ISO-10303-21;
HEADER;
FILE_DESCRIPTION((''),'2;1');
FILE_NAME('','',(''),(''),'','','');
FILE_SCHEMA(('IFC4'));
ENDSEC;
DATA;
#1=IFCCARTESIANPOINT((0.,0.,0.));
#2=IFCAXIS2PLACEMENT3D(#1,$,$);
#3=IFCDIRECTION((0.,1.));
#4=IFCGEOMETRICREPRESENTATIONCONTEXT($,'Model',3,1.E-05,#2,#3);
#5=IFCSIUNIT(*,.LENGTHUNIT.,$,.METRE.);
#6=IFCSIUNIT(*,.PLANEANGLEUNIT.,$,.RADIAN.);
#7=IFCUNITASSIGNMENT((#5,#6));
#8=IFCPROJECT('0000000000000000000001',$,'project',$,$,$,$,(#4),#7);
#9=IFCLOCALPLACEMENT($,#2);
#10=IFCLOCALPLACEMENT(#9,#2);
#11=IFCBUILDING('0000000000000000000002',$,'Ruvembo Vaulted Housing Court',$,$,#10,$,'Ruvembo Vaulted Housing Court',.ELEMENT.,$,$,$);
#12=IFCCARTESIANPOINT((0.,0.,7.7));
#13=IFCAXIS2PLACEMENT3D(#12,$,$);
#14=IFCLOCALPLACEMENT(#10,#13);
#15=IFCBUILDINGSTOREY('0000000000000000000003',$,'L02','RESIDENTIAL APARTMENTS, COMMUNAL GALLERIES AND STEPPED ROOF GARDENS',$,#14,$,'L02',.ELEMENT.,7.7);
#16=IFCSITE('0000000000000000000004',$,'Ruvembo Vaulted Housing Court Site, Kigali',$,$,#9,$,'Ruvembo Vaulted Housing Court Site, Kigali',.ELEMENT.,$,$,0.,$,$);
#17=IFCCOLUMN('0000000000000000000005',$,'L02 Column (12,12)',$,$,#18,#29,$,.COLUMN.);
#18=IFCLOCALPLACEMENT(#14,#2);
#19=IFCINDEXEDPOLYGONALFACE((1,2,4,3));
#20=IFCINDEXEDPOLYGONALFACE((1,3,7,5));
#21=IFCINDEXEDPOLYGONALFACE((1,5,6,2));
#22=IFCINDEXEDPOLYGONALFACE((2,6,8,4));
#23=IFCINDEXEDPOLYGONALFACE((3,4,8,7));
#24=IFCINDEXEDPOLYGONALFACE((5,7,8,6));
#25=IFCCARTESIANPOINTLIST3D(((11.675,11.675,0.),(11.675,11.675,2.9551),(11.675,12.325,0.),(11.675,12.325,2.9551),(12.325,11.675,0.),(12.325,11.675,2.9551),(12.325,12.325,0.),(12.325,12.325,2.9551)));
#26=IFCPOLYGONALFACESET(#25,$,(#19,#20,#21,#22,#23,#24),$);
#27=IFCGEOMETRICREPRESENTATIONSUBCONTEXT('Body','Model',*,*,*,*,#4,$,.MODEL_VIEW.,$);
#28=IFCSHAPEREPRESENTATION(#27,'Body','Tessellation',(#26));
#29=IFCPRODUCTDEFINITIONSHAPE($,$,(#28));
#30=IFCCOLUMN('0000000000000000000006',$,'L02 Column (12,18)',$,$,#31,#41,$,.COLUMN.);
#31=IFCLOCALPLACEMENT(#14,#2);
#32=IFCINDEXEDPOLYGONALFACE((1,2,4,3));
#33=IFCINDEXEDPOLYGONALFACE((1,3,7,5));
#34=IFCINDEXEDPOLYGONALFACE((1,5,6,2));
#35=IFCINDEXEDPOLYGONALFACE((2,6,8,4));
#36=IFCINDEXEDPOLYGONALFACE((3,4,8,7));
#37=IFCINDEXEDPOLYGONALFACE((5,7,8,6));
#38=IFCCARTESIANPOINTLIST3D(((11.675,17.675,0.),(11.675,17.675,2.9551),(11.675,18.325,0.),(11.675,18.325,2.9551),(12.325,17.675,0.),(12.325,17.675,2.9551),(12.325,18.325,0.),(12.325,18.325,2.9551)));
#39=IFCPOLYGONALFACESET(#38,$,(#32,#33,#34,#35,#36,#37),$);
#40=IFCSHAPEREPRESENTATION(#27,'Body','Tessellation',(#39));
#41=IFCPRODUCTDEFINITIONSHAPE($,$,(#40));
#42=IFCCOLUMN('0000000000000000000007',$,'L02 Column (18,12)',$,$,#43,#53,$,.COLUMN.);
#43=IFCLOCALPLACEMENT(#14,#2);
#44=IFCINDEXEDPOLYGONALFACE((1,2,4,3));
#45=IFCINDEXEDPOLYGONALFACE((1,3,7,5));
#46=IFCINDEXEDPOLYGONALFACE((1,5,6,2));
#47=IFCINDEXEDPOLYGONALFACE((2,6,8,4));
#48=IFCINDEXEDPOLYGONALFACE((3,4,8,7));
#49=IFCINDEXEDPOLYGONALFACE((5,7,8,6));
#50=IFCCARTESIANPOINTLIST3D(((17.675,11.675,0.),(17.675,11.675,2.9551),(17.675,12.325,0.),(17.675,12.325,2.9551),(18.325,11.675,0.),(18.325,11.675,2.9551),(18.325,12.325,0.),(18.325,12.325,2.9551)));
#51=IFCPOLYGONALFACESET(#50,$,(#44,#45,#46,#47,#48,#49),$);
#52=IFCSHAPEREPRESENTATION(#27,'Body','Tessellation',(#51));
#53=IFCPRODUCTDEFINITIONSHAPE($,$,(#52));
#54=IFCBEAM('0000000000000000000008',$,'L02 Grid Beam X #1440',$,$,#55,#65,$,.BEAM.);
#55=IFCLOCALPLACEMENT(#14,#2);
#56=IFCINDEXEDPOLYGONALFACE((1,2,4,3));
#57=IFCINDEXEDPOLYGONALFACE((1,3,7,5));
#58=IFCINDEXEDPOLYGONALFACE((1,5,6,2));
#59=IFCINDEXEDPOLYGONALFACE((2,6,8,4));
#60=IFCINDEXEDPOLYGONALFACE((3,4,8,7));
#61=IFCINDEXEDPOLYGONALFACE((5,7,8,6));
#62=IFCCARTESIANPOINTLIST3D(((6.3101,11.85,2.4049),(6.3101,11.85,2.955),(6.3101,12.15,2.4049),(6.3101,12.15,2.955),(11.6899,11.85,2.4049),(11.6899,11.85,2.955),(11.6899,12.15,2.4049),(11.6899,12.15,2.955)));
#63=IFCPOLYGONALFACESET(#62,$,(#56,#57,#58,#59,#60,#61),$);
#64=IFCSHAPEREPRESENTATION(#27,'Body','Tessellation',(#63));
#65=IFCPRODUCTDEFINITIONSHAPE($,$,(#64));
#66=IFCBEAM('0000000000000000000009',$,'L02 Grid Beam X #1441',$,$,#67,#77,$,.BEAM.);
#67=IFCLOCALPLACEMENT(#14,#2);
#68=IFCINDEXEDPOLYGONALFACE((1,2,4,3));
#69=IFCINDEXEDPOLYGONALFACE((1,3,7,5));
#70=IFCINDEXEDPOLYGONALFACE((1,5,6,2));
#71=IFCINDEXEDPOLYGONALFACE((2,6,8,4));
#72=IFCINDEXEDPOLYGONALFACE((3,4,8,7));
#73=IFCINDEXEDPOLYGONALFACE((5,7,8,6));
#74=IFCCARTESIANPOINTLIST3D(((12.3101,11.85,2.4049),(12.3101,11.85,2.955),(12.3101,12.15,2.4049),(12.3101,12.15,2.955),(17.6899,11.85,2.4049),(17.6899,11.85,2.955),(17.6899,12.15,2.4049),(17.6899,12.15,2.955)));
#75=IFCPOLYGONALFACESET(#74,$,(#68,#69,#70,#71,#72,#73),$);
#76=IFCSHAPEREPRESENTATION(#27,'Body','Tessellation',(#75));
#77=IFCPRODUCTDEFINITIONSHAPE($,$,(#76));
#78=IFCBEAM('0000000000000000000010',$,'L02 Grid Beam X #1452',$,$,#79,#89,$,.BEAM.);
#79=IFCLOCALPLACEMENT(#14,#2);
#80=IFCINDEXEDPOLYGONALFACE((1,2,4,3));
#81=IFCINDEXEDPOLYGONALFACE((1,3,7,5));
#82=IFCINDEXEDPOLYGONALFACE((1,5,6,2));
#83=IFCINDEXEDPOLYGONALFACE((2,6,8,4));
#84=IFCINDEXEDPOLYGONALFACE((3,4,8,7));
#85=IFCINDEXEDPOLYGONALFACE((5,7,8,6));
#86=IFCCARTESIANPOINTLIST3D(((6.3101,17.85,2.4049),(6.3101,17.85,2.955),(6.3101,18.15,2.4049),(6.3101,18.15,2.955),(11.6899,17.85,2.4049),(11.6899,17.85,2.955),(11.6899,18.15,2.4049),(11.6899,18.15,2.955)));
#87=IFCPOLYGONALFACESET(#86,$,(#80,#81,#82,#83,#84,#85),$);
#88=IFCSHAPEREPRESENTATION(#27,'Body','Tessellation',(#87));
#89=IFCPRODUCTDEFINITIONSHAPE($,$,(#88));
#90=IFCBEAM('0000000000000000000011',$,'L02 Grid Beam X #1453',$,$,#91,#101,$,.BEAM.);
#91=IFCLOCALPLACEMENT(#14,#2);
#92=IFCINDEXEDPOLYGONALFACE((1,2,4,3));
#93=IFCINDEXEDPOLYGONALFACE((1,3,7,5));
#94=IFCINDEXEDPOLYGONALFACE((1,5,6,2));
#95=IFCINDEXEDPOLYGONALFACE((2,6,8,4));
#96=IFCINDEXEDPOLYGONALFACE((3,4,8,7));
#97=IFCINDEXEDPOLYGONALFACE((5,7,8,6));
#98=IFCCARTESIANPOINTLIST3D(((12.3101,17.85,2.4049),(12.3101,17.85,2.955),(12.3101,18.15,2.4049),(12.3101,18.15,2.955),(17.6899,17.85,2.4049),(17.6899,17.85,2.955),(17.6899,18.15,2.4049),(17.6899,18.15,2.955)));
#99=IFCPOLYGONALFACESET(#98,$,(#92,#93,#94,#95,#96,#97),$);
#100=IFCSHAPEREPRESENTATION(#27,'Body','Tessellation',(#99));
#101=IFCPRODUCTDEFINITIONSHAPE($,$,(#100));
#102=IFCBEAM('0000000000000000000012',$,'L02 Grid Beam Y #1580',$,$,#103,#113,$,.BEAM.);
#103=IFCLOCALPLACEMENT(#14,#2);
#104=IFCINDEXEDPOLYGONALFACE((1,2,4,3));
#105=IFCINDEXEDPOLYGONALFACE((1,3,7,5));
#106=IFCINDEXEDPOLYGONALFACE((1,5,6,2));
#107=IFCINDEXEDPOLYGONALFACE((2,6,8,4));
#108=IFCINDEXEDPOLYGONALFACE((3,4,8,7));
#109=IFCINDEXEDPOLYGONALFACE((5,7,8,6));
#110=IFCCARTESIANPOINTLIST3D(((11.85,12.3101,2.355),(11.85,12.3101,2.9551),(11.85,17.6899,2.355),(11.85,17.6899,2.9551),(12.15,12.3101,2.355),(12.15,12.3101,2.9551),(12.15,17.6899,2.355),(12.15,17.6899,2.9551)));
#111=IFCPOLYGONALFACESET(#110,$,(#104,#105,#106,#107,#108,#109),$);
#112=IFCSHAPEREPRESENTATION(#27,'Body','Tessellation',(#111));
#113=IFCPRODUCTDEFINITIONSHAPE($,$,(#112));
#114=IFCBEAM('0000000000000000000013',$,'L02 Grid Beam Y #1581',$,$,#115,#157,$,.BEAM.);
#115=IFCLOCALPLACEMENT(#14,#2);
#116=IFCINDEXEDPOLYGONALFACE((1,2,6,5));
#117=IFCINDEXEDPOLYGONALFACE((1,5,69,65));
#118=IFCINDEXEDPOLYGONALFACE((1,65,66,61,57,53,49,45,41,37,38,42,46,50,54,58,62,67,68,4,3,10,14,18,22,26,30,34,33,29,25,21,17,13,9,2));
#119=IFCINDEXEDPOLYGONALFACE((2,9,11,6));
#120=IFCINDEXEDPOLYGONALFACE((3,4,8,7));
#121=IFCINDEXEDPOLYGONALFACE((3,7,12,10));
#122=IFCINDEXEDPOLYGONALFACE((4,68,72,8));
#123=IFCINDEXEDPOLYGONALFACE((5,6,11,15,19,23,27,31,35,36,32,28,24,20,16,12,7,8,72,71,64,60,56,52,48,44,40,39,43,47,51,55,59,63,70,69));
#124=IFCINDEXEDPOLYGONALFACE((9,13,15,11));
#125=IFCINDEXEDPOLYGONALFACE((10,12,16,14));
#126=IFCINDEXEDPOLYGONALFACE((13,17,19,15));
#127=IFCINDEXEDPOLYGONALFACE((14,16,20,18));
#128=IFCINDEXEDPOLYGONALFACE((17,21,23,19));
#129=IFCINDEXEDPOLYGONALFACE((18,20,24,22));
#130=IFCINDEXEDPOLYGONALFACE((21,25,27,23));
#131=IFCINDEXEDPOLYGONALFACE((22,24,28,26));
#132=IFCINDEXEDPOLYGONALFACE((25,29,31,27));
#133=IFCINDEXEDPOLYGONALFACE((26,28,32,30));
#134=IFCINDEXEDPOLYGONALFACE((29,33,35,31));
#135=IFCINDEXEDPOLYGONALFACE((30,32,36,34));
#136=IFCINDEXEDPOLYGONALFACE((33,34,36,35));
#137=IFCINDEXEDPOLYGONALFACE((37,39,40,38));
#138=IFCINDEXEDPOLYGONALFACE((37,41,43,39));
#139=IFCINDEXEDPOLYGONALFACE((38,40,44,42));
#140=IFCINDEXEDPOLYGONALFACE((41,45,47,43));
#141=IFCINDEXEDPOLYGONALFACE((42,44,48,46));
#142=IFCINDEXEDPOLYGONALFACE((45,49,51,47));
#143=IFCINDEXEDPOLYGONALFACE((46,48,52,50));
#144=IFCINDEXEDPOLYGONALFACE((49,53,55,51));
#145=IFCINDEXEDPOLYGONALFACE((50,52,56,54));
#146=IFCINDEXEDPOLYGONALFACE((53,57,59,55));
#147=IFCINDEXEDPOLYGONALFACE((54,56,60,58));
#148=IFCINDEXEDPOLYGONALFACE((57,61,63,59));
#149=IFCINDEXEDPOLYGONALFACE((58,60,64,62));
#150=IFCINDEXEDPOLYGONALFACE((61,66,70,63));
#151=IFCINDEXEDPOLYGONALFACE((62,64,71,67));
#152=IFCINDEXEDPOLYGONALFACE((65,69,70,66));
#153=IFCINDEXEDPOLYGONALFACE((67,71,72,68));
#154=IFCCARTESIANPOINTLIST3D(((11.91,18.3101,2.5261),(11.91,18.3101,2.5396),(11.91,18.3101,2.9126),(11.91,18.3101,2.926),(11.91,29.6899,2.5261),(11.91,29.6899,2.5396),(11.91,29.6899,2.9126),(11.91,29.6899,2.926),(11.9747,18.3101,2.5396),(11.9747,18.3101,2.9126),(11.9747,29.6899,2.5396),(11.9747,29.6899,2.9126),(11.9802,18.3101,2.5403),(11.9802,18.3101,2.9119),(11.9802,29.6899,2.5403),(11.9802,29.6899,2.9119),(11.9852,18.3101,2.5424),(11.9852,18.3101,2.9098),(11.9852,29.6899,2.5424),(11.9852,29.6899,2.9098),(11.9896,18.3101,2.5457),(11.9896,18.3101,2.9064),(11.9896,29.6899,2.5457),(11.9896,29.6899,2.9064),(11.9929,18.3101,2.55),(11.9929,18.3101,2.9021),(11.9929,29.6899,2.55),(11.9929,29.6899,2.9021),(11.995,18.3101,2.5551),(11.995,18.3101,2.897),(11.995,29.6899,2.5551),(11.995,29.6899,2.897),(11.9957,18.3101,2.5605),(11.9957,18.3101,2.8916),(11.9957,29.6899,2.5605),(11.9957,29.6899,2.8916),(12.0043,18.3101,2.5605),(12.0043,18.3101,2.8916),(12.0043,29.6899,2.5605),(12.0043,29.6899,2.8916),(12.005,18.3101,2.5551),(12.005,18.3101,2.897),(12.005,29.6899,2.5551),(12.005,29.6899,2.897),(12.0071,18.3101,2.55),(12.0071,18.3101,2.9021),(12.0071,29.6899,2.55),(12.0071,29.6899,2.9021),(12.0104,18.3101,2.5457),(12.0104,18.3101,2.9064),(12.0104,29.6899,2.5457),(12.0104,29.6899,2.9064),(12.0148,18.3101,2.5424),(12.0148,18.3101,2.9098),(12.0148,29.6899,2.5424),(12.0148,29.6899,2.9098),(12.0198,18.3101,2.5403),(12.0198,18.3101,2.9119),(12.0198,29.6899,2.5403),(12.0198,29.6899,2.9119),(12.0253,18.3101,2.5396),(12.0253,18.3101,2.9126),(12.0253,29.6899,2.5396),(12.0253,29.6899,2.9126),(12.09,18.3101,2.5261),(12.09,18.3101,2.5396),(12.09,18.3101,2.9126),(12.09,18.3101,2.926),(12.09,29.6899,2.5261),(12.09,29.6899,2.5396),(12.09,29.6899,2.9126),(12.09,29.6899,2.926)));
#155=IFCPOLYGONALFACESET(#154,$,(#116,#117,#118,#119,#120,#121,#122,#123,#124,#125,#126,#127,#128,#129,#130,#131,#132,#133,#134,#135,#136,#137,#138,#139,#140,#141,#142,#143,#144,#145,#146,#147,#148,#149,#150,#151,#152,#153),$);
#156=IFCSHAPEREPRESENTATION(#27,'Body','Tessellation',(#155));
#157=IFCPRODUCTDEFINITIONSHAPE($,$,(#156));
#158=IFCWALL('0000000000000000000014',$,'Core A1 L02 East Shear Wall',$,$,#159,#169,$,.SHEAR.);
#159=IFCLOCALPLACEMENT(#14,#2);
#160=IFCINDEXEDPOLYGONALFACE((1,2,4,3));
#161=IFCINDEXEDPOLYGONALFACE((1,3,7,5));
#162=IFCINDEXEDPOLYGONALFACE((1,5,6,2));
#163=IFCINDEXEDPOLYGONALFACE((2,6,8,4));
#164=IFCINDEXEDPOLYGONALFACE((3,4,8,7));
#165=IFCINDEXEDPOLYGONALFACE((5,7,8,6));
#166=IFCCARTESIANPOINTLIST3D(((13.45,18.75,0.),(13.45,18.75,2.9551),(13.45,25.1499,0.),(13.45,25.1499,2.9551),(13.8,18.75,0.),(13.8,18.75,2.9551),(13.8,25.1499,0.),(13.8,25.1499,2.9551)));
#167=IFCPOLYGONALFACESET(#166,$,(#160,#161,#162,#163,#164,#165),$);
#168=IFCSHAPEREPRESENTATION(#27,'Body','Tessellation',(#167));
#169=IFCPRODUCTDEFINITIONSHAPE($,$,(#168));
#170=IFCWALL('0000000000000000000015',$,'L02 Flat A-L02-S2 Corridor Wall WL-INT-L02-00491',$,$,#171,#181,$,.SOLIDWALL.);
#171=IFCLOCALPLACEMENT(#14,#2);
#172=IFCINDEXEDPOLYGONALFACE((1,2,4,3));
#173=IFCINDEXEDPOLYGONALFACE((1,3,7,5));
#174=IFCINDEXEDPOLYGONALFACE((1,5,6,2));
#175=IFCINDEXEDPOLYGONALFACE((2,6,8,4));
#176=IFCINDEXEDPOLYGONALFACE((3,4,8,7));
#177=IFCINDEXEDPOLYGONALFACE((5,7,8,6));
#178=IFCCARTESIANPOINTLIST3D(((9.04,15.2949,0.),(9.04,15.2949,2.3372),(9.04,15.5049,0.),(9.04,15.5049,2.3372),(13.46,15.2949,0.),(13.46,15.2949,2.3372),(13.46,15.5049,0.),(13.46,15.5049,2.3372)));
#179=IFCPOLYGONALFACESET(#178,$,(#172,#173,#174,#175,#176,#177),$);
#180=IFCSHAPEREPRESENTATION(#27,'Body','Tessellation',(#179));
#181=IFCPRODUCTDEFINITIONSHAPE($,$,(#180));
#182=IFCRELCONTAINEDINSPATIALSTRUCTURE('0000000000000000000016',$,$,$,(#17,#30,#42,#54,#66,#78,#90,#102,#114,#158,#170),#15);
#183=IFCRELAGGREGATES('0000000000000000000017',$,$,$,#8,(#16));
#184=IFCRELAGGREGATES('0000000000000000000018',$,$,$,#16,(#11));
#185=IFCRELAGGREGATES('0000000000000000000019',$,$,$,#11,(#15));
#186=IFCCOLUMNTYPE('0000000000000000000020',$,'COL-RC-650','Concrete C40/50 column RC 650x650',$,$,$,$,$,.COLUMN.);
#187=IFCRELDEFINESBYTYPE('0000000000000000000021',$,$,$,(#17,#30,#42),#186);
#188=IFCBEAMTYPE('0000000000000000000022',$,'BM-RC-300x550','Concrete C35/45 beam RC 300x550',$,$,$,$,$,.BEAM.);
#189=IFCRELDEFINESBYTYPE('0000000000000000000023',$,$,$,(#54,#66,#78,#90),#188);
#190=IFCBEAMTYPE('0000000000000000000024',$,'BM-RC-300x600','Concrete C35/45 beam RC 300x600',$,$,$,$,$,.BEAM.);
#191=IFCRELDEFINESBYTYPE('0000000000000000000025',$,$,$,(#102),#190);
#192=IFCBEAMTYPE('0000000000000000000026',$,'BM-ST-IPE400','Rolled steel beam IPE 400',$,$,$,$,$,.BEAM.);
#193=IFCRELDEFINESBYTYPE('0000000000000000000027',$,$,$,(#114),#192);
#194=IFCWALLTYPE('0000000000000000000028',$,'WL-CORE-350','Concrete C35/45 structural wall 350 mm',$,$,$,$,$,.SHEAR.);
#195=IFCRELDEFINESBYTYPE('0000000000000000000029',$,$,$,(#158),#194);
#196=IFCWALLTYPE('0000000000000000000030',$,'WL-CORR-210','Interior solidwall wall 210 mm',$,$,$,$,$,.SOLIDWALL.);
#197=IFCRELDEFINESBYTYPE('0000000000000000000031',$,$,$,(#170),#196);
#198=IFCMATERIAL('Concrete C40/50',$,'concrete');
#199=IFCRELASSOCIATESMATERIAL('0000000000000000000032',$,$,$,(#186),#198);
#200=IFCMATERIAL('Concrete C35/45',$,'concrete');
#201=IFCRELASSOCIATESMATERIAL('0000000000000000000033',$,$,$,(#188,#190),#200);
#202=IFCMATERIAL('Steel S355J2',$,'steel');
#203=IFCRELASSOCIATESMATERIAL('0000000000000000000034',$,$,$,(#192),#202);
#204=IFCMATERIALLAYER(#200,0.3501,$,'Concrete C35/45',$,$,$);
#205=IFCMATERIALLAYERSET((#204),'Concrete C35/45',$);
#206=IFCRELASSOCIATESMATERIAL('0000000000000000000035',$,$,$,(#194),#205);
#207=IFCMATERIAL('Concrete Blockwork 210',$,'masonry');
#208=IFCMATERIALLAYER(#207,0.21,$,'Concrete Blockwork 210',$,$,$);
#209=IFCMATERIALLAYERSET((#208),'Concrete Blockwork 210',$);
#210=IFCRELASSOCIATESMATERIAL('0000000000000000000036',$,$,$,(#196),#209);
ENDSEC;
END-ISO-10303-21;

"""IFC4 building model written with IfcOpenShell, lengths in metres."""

from ifc_helpers import new_model, si_unit, direction, frame, frame_2d, origin, origin_2d, place, context, subcontext, project, spatial, rectangle, i_section, extrude, material, layer, layer_set, material_profile, profile_set, type_object, element, save


model = new_model("IFC4")

# Units and contexts
model_context = context("Model", 3, precision=1e-05, world=origin(), true_north=direction((0.0, 1.0)))
body_context = subcontext(model_context, "Body", "Model", "MODEL_VIEW")
ifc_project = project(units=[si_unit("LENGTHUNIT", "METRE"), si_unit("PLANEANGLEUNIT", "RADIAN")], contexts=[model_context])

# Site, building, storey
site_placement = place(None, origin())
site = spatial("IfcSite", under=ifc_project, at=site_placement, Name="Ruvembo Vaulted Housing Court Site, Kigali", LongName="Ruvembo Vaulted Housing Court Site, Kigali", CompositionType="ELEMENT", RefElevation=0.0)
building_placement = place(site_placement, origin())
building = spatial("IfcBuilding", under=site, at=building_placement, Name="Ruvembo Vaulted Housing Court", LongName="Ruvembo Vaulted Housing Court", CompositionType="ELEMENT")
storey_placement = place(building_placement, frame((0.0, 0.0, 7.7)))
storey = spatial("IfcBuildingStorey", under=building, at=storey_placement, Name="L02", Description="RESIDENTIAL APARTMENTS, COMMUNAL GALLERIES AND STEPPED ROOF GARDENS", LongName="L02", CompositionType="ELEMENT", Elevation=7.7)

# Columns
ifc_material_1 = material(Name="Concrete C40/50", Category="concrete")
ifc_material_profile_1 = material_profile(ifc_material_1, rectangle(XDim=0.6499, YDim=0.6499, at=origin_2d()), Name="RC 650x650")
ifc_profile_set_1 = profile_set([ifc_material_profile_1], Name="Concrete C40/50")
column_type = type_object("IfcColumnType", Name="COL-RC-650", Description="Concrete C40/50 column RC 650x650", PredefinedType="COLUMN", material=ifc_profile_set_1)
for number, where, z_axis, x_axis, name in (
    (1, (12.0, 12.0, 0.0), (0.0, 0.0, 1.0), (1.0, 0.0, 0.0), "L02 Column (12,12)"),
    (2, (12.0, 18.0, 0.0), (0.0, 0.0, 1.0), (1.0, 0.0, 0.0), "L02 Column (12,18)"),
    (3, (18.0, 12.0, 0.0), (0.0, 0.0, 1.0), (1.0, 0.0, 0.0), "L02 Column (18,12)"),
):
    element("IfcColumn", number, at=place(storey_placement, frame(where, z_axis=z_axis, x_axis=x_axis)), inside=storey, type_object=column_type, Name=name, PredefinedType="COLUMN", context=body_context, shape_type="SweptSolid", body=[
        extrude(rectangle(XDim=0.6499, YDim=0.6499, at=origin_2d()), origin(), (0.0, 0.0, 1.0), 2.9551),
    ])

# Beams
ifc_material_2 = material(Name="Concrete C35/45", Category="concrete")
ifc_material_profile_2 = material_profile(ifc_material_2, rectangle(XDim=0.3, YDim=0.55, at=origin_2d()), Name="RC 300x550")
ifc_profile_set_2 = profile_set([ifc_material_profile_2], Name="Concrete C35/45")
beam_type_1 = type_object("IfcBeamType", Name="BM-RC-300x550", Description="Concrete C35/45 beam RC 300x550", PredefinedType="BEAM", material=ifc_profile_set_2)
for number, where, z_axis, x_axis, name in (
    (4, (6.3101, 12.0, 2.6799), (1.0, 0.0, 0.0), (0.0, 1.0, 0.0), "L02 Grid Beam X #1440"),
    (5, (12.3101, 12.0, 2.6799), (1.0, 0.0, 0.0), (0.0, 1.0, 0.0), "L02 Grid Beam X #1441"),
    (6, (6.3101, 18.0, 2.6799), (1.0, 0.0, 0.0), (0.0, 1.0, 0.0), "L02 Grid Beam X #1452"),
    (7, (12.3101, 18.0, 2.6799), (1.0, 0.0, 0.0), (0.0, 1.0, 0.0), "L02 Grid Beam X #1453"),
):
    element("IfcBeam", number, at=place(storey_placement, frame(where, z_axis=z_axis, x_axis=x_axis)), inside=storey, type_object=beam_type_1, Name=name, PredefinedType="BEAM", context=body_context, shape_type="SweptSolid", body=[
        extrude(rectangle(XDim=0.3, YDim=0.55, at=origin_2d()), origin(), (0.0, 0.0, 1.0), 5.3799),
    ])
ifc_material_profile_3 = material_profile(ifc_material_2, rectangle(XDim=0.3, YDim=0.6001, at=origin_2d()), Name="RC 300x600")
ifc_profile_set_3 = profile_set([ifc_material_profile_3], Name="Concrete C35/45")
beam_type_2 = type_object("IfcBeamType", Name="BM-RC-300x600", Description="Concrete C35/45 beam RC 300x600", PredefinedType="BEAM", material=ifc_profile_set_3)
beam_1_placement = place(storey_placement, frame((12.0, 12.3101, 2.655), z_axis=(0.0, 1.0, 0.0), x_axis=(-1.0, 0.0, 0.0)))
element("IfcBeam", 8, at=beam_1_placement, inside=storey, type_object=beam_type_2, Name="L02 Grid Beam Y #1580", PredefinedType="BEAM", context=body_context, shape_type="SweptSolid", body=[
    extrude(rectangle(XDim=0.3, YDim=0.6001, at=origin_2d()), origin(), (0.0, 0.0, 1.0), 5.3799),
])
ifc_material_3 = material(Name="Steel S355J2", Category="steel")
ifc_material_profile_4 = material_profile(ifc_material_3, i_section(OverallWidth=0.1799, OverallDepth=0.3999, WebThickness=0.0085, FlangeThickness=0.0134, FilletRadius=0.021, at=origin_2d()), Name="IPE 400")
ifc_profile_set_4 = profile_set([ifc_material_profile_4], Name="Steel S355J2")
beam_type_3 = type_object("IfcBeamType", Name="BM-ST-IPE400", Description="Rolled steel beam IPE 400", PredefinedType="BEAM", material=ifc_profile_set_4)
beam_2_placement = place(storey_placement, frame((12.0, 18.3101, 2.7261), z_axis=(0.0, 1.0, 0.0), x_axis=(-1.0, 0.0, 0.0)))
element("IfcBeam", 9, at=beam_2_placement, inside=storey, type_object=beam_type_3, Name="L02 Grid Beam Y #1581", PredefinedType="BEAM", context=body_context, shape_type="SweptSolid", body=[
    extrude(i_section(OverallWidth=0.1799, OverallDepth=0.3999, WebThickness=0.0085, FlangeThickness=0.0134, FilletRadius=0.021, at=origin_2d()), origin(), (0.0, 0.0, 1.0), 11.3799),
])

# Wall
ifc_layer_1 = layer(ifc_material_2, 0.3501, Name="Concrete C35/45")
ifc_layer_set_1 = layer_set([ifc_layer_1], Name="Concrete C35/45")
wall_type_1 = type_object("IfcWallType", Name="WL-CORE-350", Description="Concrete C35/45 structural wall 350 mm", PredefinedType="SHEAR", material=ifc_layer_set_1)
wall_1_placement = place(storey_placement, frame((13.625, 18.75, 0.0), z_axis=(0.0, 0.0, 1.0), x_axis=(0.0, 1.0, 0.0)))
element("IfcWall", 10, at=wall_1_placement, inside=storey, type_object=wall_type_1, Name="Core A1 L02 East Shear Wall", PredefinedType="SHEAR", context=body_context, shape_type="SweptSolid", body=[
    extrude(rectangle(XDim=6.3999, YDim=0.3501, at=frame_2d((3.2, 0.0))), origin(), (0.0, 0.0, 1.0), 2.9551),
])

# Wall
ifc_material_4 = material(Name="Concrete Blockwork 210", Category="masonry")
ifc_layer_2 = layer(ifc_material_4, 0.21, Name="Concrete Blockwork 210")
ifc_layer_set_2 = layer_set([ifc_layer_2], Name="Concrete Blockwork 210")
wall_type_2 = type_object("IfcWallType", Name="WL-CORR-210", Description="Interior solidwall wall 210 mm", PredefinedType="SOLIDWALL", material=ifc_layer_set_2)
wall_2_placement = place(storey_placement, frame((9.04, 15.3999, 0.0), z_axis=(0.0, 0.0, 1.0), x_axis=(1.0, 0.0, 0.0)))
element("IfcWall", 11, at=wall_2_placement, inside=storey, type_object=wall_type_2, Name="L02 Flat A-L02-S2 Corridor Wall WL-INT-L02-00491", PredefinedType="SOLIDWALL", context=body_context, shape_type="SweptSolid", body=[
    extrude(rectangle(XDim=4.4199, YDim=0.21, at=frame_2d((2.21, 0.0))), origin(), (0.0, 0.0, 1.0), 2.3372),
])

save(model, "model.ifc")
